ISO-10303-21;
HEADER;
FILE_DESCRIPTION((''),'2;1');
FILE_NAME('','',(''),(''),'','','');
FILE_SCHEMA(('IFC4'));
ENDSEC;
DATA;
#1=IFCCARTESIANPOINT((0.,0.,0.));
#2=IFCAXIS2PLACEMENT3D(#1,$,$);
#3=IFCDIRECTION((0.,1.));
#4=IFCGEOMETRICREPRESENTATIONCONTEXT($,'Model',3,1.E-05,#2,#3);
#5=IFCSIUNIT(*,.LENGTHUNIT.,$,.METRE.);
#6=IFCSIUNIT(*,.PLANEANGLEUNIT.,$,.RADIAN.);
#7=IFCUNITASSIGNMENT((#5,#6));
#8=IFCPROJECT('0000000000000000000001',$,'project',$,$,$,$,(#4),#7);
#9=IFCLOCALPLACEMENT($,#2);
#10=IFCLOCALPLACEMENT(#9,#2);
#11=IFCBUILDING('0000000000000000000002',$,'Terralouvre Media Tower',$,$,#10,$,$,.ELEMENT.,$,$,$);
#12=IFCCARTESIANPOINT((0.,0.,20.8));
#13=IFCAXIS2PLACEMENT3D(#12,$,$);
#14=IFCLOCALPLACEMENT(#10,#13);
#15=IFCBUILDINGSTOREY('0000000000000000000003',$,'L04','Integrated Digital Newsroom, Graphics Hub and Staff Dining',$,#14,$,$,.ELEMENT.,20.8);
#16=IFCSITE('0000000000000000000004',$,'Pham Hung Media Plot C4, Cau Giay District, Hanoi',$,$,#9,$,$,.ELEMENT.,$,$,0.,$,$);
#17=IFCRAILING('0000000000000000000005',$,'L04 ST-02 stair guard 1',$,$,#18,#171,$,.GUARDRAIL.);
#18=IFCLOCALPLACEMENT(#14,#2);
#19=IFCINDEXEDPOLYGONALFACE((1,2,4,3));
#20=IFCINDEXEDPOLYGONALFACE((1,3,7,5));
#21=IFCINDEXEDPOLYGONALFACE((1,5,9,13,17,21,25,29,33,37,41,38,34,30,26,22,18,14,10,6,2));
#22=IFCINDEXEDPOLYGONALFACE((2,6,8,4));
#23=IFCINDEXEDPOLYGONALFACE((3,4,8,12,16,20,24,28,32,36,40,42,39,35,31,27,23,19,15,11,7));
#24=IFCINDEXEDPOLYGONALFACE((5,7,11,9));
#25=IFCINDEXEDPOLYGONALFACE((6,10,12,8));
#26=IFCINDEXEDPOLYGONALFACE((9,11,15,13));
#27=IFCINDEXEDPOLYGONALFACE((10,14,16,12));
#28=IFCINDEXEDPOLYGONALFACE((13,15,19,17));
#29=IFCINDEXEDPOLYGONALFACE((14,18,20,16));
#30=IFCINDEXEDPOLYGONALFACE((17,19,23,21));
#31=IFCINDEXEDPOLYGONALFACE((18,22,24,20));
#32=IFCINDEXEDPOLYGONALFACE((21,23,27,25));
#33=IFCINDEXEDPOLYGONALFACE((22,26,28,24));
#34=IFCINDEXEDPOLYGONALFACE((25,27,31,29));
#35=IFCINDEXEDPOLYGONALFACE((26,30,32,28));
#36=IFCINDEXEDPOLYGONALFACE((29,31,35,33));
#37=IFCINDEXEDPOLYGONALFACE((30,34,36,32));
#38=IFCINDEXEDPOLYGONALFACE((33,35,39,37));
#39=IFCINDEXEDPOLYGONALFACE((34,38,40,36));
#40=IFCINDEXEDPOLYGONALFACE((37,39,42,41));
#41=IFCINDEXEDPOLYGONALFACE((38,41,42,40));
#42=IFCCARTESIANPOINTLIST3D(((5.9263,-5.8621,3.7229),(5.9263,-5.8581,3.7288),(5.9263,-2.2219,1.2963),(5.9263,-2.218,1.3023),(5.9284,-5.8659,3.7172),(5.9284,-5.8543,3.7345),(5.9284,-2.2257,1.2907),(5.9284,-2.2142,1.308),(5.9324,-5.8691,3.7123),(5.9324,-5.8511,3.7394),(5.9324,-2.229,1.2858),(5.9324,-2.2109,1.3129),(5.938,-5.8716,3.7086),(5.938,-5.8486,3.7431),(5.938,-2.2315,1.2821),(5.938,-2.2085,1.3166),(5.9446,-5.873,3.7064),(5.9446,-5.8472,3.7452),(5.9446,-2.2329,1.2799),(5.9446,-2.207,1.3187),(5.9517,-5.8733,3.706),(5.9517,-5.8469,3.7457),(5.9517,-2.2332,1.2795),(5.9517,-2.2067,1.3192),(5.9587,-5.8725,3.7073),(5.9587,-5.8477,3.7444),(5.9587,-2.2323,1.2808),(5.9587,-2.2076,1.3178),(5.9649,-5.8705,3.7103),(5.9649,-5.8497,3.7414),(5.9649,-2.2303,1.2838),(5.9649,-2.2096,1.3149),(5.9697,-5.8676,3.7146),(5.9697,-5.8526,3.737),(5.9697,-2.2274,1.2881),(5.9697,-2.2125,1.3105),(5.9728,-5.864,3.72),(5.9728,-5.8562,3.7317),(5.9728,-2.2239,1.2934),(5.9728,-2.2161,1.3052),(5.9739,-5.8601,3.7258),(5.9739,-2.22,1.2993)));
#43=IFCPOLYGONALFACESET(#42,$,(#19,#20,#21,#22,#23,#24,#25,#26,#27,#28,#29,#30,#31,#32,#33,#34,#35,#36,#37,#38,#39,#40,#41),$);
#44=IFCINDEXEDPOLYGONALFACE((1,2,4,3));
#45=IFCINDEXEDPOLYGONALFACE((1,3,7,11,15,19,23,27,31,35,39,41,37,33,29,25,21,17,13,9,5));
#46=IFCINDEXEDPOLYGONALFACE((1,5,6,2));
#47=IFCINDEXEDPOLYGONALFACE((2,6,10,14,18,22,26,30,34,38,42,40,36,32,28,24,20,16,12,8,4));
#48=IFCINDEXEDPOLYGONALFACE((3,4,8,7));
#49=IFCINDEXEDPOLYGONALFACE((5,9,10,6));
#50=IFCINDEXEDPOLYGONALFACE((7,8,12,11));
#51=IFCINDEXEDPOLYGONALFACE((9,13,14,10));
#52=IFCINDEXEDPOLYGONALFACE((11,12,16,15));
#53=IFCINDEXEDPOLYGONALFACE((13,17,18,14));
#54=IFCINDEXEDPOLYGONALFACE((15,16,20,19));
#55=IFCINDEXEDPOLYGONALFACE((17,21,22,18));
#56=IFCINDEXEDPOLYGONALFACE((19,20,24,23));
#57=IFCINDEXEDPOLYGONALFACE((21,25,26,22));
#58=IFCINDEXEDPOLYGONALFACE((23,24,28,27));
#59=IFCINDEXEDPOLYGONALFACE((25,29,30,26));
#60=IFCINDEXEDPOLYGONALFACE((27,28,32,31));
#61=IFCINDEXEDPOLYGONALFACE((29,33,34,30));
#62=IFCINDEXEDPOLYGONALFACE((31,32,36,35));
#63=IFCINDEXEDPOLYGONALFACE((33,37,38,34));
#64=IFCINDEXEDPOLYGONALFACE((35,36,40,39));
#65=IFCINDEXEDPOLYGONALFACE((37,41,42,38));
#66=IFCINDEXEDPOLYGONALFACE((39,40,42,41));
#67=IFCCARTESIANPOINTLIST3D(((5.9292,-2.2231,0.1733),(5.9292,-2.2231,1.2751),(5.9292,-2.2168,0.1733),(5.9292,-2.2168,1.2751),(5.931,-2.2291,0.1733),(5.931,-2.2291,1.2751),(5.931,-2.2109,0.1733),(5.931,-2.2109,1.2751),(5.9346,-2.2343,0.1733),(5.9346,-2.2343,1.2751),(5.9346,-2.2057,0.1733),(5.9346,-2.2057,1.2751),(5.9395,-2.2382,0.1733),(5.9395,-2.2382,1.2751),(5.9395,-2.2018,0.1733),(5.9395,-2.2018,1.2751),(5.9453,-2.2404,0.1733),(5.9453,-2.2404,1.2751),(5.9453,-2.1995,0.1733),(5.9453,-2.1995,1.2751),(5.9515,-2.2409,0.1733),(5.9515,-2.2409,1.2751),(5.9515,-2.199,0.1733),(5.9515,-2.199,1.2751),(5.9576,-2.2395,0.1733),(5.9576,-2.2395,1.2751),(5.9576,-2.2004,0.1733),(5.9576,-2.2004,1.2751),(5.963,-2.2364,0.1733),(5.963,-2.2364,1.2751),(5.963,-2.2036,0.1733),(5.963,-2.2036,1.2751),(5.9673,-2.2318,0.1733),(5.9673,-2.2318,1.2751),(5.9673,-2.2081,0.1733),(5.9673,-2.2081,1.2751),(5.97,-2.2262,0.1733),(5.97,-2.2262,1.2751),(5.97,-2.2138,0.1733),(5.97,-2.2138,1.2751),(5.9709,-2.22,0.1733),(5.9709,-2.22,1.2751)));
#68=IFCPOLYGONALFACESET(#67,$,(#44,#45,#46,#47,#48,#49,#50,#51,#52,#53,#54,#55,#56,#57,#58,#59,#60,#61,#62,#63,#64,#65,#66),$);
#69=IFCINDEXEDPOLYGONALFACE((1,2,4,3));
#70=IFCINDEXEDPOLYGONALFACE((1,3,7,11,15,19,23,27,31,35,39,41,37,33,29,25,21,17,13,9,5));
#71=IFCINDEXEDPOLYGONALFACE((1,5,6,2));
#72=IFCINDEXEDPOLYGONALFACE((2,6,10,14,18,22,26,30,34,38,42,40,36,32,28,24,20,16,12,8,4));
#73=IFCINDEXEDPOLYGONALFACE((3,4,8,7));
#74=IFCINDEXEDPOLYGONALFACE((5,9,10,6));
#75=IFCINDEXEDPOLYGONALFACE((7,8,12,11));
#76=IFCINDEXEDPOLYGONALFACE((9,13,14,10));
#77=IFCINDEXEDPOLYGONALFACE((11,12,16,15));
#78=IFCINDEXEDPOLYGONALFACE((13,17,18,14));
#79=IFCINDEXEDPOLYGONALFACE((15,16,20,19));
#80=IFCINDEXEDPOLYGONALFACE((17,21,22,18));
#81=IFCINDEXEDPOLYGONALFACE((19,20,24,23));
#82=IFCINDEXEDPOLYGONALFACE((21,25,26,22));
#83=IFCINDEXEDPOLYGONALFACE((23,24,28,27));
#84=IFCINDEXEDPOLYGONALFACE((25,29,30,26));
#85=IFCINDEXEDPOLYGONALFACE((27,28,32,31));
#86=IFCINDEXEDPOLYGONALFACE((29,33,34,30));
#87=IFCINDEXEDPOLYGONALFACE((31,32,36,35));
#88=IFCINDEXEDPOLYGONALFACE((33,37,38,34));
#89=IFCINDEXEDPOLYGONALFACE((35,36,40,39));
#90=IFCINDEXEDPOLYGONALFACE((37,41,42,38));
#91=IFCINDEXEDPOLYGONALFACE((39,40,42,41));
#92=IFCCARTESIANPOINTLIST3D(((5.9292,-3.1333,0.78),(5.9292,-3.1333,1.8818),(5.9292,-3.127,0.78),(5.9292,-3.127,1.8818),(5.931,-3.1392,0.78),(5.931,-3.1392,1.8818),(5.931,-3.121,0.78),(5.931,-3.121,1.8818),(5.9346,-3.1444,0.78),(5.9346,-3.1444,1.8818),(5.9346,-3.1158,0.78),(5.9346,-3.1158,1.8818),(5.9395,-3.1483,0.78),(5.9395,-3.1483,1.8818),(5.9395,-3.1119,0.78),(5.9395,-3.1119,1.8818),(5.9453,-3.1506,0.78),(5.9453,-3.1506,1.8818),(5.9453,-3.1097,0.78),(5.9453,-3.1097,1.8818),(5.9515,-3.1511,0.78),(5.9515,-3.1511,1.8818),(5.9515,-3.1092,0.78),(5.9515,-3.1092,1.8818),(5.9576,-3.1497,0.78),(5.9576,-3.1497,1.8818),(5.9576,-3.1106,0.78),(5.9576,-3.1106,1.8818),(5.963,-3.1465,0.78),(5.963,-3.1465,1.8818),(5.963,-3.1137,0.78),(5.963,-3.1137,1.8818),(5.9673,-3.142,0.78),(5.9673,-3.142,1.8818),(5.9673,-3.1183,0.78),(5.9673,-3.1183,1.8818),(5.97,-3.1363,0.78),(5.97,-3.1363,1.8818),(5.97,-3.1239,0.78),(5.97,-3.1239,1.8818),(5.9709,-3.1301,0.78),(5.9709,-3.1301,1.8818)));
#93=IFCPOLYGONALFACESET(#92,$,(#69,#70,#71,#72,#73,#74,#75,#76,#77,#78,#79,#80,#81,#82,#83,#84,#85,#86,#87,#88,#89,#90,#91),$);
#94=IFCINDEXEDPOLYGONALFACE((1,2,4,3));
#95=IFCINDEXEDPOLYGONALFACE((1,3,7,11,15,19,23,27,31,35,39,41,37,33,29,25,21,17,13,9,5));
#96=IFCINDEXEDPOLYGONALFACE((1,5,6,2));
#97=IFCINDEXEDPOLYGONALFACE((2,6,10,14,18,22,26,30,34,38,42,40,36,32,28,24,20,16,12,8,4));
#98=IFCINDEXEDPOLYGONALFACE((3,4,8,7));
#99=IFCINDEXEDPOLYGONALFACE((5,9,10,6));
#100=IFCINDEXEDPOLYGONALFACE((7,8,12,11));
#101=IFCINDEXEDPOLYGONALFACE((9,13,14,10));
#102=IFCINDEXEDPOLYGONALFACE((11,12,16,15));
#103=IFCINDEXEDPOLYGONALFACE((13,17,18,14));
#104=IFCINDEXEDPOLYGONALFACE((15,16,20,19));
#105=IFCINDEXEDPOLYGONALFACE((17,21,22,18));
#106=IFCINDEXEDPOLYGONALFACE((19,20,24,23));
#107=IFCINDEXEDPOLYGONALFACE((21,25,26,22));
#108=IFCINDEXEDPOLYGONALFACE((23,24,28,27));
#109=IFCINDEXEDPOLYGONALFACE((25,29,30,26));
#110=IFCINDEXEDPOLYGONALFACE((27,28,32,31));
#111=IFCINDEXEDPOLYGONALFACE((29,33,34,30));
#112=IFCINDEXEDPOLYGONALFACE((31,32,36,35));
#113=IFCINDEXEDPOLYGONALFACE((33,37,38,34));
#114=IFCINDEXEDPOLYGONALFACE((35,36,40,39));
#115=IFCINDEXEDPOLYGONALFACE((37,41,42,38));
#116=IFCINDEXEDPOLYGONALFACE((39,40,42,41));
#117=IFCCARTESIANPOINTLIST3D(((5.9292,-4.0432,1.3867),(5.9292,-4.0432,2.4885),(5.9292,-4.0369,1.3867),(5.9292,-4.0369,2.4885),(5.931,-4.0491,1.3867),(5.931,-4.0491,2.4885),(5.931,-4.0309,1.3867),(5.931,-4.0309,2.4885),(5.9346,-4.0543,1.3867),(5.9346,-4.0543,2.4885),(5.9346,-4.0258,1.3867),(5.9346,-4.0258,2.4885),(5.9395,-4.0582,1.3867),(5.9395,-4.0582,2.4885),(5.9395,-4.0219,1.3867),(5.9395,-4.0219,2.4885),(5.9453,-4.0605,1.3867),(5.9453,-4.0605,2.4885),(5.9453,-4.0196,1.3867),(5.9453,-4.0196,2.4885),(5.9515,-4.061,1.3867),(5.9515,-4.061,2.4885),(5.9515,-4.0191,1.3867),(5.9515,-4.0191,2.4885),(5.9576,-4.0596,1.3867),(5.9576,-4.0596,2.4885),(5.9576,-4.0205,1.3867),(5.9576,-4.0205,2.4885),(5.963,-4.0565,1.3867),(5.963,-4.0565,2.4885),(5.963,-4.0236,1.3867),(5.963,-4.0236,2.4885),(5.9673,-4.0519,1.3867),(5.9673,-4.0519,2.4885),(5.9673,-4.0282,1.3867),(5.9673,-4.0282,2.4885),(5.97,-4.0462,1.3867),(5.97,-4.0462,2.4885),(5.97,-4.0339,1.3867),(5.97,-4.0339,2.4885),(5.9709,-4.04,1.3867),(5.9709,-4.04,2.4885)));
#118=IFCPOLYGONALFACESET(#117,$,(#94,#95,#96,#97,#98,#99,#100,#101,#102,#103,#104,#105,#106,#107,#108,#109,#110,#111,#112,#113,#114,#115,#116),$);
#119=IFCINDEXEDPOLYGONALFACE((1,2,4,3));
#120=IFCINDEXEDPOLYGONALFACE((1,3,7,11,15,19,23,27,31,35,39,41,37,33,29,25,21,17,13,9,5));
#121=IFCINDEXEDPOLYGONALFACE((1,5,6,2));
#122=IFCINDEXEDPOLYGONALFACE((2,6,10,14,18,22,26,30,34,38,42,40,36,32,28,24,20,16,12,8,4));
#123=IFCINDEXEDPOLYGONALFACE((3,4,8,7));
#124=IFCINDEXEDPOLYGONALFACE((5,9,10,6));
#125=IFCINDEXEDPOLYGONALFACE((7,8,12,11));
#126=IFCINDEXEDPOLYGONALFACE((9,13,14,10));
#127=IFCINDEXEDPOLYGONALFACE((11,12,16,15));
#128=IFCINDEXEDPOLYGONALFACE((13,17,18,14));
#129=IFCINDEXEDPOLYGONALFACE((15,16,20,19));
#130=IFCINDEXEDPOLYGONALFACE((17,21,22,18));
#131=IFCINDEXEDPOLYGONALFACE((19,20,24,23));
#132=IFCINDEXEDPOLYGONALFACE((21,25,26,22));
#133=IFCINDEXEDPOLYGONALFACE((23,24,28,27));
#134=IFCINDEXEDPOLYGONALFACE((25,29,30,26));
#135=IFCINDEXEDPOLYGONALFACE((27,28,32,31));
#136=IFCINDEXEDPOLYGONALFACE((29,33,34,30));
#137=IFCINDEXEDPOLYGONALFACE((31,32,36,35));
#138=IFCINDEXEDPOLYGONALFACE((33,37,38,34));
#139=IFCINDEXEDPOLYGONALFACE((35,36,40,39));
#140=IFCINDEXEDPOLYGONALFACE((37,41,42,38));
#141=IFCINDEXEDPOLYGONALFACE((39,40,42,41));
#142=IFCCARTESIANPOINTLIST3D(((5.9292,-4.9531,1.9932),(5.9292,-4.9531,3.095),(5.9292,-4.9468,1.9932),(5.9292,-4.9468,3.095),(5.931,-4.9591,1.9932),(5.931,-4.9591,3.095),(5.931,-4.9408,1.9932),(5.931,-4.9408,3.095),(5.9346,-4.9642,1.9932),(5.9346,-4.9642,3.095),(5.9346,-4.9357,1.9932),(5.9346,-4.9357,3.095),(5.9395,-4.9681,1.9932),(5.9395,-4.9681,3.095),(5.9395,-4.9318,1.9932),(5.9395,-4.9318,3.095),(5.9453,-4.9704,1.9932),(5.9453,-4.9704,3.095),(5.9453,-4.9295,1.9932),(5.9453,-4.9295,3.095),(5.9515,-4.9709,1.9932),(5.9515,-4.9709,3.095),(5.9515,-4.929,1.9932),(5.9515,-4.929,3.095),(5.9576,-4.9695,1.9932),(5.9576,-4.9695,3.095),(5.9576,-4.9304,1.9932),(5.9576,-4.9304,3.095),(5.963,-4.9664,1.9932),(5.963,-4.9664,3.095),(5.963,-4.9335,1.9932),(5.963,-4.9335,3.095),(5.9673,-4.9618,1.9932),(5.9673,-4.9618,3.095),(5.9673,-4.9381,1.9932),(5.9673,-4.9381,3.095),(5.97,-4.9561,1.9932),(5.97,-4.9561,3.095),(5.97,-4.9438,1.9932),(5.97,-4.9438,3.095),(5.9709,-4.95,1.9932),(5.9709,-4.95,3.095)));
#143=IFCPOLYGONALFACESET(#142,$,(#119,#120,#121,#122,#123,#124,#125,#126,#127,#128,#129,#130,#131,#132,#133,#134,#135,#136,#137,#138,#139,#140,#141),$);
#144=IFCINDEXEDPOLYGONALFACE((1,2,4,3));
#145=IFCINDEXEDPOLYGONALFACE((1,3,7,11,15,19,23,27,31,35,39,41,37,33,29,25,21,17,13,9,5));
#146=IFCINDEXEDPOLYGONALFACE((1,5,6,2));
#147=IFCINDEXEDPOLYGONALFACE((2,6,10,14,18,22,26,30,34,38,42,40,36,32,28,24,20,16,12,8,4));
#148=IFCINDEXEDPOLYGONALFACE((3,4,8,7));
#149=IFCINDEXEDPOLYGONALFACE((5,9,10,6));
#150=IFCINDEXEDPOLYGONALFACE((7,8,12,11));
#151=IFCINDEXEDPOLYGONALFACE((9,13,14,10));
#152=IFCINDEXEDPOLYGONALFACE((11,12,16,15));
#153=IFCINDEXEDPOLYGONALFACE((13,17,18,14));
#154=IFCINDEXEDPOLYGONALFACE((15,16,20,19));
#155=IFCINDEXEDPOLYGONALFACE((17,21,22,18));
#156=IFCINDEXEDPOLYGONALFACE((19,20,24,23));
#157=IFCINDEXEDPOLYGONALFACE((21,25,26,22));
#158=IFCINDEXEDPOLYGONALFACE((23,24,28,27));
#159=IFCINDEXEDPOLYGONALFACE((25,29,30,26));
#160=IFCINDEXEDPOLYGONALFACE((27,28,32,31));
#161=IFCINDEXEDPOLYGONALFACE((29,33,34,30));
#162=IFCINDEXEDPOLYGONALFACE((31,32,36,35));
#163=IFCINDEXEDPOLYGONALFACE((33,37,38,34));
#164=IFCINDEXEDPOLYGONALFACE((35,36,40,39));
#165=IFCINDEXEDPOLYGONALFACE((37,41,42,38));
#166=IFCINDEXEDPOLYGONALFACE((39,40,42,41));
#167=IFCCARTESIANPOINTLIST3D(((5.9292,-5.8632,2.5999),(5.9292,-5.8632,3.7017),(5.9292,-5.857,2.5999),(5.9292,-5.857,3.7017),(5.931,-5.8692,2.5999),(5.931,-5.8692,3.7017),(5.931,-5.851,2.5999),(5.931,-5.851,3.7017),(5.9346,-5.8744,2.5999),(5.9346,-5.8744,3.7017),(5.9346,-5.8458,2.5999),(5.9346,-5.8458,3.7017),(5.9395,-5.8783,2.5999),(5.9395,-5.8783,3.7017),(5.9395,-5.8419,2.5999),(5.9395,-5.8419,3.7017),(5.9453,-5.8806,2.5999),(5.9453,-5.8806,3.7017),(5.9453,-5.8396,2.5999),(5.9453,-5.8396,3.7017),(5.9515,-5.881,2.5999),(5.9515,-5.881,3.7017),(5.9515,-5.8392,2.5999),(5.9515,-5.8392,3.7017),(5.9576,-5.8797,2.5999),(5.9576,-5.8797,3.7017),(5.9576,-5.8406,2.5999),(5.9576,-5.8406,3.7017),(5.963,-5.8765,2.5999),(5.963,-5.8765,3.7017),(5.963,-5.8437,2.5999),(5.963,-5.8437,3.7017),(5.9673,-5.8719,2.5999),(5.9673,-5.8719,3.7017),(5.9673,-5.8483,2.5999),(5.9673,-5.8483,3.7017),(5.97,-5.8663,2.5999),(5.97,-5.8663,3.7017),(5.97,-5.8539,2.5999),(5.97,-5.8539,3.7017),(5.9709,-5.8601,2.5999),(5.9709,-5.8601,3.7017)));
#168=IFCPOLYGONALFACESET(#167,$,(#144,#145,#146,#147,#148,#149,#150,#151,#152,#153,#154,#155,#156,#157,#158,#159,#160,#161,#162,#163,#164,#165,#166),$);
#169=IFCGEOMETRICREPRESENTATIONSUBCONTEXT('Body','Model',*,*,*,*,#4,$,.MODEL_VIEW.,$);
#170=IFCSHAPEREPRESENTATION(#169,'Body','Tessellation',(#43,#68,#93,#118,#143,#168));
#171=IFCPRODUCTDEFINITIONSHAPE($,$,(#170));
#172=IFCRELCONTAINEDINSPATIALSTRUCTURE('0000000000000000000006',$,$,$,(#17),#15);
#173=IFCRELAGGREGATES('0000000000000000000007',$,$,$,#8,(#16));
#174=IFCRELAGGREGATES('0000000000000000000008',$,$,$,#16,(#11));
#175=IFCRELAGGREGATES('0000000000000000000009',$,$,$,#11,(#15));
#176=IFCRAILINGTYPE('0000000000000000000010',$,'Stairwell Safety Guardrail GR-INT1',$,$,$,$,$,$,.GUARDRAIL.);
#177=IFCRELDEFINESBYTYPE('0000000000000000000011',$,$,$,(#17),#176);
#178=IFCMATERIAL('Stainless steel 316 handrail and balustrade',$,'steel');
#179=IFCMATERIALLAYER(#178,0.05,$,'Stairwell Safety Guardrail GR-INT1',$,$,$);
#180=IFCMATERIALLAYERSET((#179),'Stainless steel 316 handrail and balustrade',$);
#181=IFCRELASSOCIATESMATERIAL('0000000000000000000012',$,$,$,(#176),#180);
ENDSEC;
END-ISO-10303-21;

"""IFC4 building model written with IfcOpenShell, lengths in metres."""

from ifc_helpers import new_model, si_unit, direction, frame, origin, origin_2d, place, context, subcontext, project, spatial, circle, extrude, material, layer, layer_set, type_object, element, save


model = new_model("IFC4")

# Units and contexts
model_context = context("Model", 3, precision=1e-05, world=origin(), true_north=direction((0.0, 1.0)))
body_context = subcontext(model_context, "Body", "Model", "MODEL_VIEW")
ifc_project = project(units=[si_unit("LENGTHUNIT", "METRE"), si_unit("PLANEANGLEUNIT", "RADIAN")], contexts=[model_context])

# Site, building, storey
site_placement = place(None, origin())
site = spatial("IfcSite", under=ifc_project, at=site_placement, Name="Pham Hung Media Plot C4, Cau Giay District, Hanoi", CompositionType="ELEMENT", RefElevation=0.0)
building_placement = place(site_placement, origin())
building = spatial("IfcBuilding", under=site, at=building_placement, Name="Terralouvre Media Tower", CompositionType="ELEMENT")
storey_placement = place(building_placement, frame((0.0, 0.0, 20.8)))
storey = spatial("IfcBuildingStorey", under=building, at=storey_placement, Name="L04", Description="Integrated Digital Newsroom, Graphics Hub and Staff Dining", CompositionType="ELEMENT", Elevation=20.8)

# Railing
ifc_material_1 = material(Name="Stainless steel 316 handrail and balustrade", Category="steel")
ifc_layer_1 = layer(ifc_material_1, 0.05, Name="Stairwell Safety Guardrail GR-INT1")
ifc_layer_set_1 = layer_set([ifc_layer_1], Name="Stainless steel 316 handrail and balustrade")
railing_type_1 = type_object("IfcRailingType", Name="Stairwell Safety Guardrail GR-INT1", PredefinedType="GUARDRAIL", material=ifc_layer_set_1)
railing_1_placement = place(storey_placement, frame((5.95, -2.22, 0.1733)))
element("IfcRailing", 1, at=railing_1_placement, inside=storey, type_object=railing_type_1, Name="L04 ST-02 stair guard 1", PredefinedType="GUARDRAIL", context=body_context, shape_type="SweptSolid", body=[
    extrude(circle(Radius=0.0239, at=origin_2d()), frame((0.0, 0.0, 1.126), z_axis=(0.0, -0.832076, 0.554662), x_axis=(1.0, 0.0, 0.0)), (0.0, 0.0, 1.0), 4.3748),
    extrude(circle(Radius=0.021, at=origin_2d()), origin(), (0.0, 0.0, 1.0), 1.1018),
    extrude(circle(Radius=0.021, at=origin_2d()), frame((0.0, -0.9102, 0.6067)), (0.0, 0.0, 1.0), 1.1018),
    extrude(circle(Radius=0.021, at=origin_2d()), frame((0.0, -1.8201, 1.2134)), (0.0, 0.0, 1.0), 1.1018),
    extrude(circle(Radius=0.021, at=origin_2d()), frame((0.0, -2.73, 1.8198)), (0.0, 0.0, 1.0), 1.1018),
    extrude(circle(Radius=0.021, at=origin_2d()), frame((0.0, -3.6401, 2.4265)), (0.0, 0.0, 1.0), 1.1018),
])

save(model, "model.ifc")
